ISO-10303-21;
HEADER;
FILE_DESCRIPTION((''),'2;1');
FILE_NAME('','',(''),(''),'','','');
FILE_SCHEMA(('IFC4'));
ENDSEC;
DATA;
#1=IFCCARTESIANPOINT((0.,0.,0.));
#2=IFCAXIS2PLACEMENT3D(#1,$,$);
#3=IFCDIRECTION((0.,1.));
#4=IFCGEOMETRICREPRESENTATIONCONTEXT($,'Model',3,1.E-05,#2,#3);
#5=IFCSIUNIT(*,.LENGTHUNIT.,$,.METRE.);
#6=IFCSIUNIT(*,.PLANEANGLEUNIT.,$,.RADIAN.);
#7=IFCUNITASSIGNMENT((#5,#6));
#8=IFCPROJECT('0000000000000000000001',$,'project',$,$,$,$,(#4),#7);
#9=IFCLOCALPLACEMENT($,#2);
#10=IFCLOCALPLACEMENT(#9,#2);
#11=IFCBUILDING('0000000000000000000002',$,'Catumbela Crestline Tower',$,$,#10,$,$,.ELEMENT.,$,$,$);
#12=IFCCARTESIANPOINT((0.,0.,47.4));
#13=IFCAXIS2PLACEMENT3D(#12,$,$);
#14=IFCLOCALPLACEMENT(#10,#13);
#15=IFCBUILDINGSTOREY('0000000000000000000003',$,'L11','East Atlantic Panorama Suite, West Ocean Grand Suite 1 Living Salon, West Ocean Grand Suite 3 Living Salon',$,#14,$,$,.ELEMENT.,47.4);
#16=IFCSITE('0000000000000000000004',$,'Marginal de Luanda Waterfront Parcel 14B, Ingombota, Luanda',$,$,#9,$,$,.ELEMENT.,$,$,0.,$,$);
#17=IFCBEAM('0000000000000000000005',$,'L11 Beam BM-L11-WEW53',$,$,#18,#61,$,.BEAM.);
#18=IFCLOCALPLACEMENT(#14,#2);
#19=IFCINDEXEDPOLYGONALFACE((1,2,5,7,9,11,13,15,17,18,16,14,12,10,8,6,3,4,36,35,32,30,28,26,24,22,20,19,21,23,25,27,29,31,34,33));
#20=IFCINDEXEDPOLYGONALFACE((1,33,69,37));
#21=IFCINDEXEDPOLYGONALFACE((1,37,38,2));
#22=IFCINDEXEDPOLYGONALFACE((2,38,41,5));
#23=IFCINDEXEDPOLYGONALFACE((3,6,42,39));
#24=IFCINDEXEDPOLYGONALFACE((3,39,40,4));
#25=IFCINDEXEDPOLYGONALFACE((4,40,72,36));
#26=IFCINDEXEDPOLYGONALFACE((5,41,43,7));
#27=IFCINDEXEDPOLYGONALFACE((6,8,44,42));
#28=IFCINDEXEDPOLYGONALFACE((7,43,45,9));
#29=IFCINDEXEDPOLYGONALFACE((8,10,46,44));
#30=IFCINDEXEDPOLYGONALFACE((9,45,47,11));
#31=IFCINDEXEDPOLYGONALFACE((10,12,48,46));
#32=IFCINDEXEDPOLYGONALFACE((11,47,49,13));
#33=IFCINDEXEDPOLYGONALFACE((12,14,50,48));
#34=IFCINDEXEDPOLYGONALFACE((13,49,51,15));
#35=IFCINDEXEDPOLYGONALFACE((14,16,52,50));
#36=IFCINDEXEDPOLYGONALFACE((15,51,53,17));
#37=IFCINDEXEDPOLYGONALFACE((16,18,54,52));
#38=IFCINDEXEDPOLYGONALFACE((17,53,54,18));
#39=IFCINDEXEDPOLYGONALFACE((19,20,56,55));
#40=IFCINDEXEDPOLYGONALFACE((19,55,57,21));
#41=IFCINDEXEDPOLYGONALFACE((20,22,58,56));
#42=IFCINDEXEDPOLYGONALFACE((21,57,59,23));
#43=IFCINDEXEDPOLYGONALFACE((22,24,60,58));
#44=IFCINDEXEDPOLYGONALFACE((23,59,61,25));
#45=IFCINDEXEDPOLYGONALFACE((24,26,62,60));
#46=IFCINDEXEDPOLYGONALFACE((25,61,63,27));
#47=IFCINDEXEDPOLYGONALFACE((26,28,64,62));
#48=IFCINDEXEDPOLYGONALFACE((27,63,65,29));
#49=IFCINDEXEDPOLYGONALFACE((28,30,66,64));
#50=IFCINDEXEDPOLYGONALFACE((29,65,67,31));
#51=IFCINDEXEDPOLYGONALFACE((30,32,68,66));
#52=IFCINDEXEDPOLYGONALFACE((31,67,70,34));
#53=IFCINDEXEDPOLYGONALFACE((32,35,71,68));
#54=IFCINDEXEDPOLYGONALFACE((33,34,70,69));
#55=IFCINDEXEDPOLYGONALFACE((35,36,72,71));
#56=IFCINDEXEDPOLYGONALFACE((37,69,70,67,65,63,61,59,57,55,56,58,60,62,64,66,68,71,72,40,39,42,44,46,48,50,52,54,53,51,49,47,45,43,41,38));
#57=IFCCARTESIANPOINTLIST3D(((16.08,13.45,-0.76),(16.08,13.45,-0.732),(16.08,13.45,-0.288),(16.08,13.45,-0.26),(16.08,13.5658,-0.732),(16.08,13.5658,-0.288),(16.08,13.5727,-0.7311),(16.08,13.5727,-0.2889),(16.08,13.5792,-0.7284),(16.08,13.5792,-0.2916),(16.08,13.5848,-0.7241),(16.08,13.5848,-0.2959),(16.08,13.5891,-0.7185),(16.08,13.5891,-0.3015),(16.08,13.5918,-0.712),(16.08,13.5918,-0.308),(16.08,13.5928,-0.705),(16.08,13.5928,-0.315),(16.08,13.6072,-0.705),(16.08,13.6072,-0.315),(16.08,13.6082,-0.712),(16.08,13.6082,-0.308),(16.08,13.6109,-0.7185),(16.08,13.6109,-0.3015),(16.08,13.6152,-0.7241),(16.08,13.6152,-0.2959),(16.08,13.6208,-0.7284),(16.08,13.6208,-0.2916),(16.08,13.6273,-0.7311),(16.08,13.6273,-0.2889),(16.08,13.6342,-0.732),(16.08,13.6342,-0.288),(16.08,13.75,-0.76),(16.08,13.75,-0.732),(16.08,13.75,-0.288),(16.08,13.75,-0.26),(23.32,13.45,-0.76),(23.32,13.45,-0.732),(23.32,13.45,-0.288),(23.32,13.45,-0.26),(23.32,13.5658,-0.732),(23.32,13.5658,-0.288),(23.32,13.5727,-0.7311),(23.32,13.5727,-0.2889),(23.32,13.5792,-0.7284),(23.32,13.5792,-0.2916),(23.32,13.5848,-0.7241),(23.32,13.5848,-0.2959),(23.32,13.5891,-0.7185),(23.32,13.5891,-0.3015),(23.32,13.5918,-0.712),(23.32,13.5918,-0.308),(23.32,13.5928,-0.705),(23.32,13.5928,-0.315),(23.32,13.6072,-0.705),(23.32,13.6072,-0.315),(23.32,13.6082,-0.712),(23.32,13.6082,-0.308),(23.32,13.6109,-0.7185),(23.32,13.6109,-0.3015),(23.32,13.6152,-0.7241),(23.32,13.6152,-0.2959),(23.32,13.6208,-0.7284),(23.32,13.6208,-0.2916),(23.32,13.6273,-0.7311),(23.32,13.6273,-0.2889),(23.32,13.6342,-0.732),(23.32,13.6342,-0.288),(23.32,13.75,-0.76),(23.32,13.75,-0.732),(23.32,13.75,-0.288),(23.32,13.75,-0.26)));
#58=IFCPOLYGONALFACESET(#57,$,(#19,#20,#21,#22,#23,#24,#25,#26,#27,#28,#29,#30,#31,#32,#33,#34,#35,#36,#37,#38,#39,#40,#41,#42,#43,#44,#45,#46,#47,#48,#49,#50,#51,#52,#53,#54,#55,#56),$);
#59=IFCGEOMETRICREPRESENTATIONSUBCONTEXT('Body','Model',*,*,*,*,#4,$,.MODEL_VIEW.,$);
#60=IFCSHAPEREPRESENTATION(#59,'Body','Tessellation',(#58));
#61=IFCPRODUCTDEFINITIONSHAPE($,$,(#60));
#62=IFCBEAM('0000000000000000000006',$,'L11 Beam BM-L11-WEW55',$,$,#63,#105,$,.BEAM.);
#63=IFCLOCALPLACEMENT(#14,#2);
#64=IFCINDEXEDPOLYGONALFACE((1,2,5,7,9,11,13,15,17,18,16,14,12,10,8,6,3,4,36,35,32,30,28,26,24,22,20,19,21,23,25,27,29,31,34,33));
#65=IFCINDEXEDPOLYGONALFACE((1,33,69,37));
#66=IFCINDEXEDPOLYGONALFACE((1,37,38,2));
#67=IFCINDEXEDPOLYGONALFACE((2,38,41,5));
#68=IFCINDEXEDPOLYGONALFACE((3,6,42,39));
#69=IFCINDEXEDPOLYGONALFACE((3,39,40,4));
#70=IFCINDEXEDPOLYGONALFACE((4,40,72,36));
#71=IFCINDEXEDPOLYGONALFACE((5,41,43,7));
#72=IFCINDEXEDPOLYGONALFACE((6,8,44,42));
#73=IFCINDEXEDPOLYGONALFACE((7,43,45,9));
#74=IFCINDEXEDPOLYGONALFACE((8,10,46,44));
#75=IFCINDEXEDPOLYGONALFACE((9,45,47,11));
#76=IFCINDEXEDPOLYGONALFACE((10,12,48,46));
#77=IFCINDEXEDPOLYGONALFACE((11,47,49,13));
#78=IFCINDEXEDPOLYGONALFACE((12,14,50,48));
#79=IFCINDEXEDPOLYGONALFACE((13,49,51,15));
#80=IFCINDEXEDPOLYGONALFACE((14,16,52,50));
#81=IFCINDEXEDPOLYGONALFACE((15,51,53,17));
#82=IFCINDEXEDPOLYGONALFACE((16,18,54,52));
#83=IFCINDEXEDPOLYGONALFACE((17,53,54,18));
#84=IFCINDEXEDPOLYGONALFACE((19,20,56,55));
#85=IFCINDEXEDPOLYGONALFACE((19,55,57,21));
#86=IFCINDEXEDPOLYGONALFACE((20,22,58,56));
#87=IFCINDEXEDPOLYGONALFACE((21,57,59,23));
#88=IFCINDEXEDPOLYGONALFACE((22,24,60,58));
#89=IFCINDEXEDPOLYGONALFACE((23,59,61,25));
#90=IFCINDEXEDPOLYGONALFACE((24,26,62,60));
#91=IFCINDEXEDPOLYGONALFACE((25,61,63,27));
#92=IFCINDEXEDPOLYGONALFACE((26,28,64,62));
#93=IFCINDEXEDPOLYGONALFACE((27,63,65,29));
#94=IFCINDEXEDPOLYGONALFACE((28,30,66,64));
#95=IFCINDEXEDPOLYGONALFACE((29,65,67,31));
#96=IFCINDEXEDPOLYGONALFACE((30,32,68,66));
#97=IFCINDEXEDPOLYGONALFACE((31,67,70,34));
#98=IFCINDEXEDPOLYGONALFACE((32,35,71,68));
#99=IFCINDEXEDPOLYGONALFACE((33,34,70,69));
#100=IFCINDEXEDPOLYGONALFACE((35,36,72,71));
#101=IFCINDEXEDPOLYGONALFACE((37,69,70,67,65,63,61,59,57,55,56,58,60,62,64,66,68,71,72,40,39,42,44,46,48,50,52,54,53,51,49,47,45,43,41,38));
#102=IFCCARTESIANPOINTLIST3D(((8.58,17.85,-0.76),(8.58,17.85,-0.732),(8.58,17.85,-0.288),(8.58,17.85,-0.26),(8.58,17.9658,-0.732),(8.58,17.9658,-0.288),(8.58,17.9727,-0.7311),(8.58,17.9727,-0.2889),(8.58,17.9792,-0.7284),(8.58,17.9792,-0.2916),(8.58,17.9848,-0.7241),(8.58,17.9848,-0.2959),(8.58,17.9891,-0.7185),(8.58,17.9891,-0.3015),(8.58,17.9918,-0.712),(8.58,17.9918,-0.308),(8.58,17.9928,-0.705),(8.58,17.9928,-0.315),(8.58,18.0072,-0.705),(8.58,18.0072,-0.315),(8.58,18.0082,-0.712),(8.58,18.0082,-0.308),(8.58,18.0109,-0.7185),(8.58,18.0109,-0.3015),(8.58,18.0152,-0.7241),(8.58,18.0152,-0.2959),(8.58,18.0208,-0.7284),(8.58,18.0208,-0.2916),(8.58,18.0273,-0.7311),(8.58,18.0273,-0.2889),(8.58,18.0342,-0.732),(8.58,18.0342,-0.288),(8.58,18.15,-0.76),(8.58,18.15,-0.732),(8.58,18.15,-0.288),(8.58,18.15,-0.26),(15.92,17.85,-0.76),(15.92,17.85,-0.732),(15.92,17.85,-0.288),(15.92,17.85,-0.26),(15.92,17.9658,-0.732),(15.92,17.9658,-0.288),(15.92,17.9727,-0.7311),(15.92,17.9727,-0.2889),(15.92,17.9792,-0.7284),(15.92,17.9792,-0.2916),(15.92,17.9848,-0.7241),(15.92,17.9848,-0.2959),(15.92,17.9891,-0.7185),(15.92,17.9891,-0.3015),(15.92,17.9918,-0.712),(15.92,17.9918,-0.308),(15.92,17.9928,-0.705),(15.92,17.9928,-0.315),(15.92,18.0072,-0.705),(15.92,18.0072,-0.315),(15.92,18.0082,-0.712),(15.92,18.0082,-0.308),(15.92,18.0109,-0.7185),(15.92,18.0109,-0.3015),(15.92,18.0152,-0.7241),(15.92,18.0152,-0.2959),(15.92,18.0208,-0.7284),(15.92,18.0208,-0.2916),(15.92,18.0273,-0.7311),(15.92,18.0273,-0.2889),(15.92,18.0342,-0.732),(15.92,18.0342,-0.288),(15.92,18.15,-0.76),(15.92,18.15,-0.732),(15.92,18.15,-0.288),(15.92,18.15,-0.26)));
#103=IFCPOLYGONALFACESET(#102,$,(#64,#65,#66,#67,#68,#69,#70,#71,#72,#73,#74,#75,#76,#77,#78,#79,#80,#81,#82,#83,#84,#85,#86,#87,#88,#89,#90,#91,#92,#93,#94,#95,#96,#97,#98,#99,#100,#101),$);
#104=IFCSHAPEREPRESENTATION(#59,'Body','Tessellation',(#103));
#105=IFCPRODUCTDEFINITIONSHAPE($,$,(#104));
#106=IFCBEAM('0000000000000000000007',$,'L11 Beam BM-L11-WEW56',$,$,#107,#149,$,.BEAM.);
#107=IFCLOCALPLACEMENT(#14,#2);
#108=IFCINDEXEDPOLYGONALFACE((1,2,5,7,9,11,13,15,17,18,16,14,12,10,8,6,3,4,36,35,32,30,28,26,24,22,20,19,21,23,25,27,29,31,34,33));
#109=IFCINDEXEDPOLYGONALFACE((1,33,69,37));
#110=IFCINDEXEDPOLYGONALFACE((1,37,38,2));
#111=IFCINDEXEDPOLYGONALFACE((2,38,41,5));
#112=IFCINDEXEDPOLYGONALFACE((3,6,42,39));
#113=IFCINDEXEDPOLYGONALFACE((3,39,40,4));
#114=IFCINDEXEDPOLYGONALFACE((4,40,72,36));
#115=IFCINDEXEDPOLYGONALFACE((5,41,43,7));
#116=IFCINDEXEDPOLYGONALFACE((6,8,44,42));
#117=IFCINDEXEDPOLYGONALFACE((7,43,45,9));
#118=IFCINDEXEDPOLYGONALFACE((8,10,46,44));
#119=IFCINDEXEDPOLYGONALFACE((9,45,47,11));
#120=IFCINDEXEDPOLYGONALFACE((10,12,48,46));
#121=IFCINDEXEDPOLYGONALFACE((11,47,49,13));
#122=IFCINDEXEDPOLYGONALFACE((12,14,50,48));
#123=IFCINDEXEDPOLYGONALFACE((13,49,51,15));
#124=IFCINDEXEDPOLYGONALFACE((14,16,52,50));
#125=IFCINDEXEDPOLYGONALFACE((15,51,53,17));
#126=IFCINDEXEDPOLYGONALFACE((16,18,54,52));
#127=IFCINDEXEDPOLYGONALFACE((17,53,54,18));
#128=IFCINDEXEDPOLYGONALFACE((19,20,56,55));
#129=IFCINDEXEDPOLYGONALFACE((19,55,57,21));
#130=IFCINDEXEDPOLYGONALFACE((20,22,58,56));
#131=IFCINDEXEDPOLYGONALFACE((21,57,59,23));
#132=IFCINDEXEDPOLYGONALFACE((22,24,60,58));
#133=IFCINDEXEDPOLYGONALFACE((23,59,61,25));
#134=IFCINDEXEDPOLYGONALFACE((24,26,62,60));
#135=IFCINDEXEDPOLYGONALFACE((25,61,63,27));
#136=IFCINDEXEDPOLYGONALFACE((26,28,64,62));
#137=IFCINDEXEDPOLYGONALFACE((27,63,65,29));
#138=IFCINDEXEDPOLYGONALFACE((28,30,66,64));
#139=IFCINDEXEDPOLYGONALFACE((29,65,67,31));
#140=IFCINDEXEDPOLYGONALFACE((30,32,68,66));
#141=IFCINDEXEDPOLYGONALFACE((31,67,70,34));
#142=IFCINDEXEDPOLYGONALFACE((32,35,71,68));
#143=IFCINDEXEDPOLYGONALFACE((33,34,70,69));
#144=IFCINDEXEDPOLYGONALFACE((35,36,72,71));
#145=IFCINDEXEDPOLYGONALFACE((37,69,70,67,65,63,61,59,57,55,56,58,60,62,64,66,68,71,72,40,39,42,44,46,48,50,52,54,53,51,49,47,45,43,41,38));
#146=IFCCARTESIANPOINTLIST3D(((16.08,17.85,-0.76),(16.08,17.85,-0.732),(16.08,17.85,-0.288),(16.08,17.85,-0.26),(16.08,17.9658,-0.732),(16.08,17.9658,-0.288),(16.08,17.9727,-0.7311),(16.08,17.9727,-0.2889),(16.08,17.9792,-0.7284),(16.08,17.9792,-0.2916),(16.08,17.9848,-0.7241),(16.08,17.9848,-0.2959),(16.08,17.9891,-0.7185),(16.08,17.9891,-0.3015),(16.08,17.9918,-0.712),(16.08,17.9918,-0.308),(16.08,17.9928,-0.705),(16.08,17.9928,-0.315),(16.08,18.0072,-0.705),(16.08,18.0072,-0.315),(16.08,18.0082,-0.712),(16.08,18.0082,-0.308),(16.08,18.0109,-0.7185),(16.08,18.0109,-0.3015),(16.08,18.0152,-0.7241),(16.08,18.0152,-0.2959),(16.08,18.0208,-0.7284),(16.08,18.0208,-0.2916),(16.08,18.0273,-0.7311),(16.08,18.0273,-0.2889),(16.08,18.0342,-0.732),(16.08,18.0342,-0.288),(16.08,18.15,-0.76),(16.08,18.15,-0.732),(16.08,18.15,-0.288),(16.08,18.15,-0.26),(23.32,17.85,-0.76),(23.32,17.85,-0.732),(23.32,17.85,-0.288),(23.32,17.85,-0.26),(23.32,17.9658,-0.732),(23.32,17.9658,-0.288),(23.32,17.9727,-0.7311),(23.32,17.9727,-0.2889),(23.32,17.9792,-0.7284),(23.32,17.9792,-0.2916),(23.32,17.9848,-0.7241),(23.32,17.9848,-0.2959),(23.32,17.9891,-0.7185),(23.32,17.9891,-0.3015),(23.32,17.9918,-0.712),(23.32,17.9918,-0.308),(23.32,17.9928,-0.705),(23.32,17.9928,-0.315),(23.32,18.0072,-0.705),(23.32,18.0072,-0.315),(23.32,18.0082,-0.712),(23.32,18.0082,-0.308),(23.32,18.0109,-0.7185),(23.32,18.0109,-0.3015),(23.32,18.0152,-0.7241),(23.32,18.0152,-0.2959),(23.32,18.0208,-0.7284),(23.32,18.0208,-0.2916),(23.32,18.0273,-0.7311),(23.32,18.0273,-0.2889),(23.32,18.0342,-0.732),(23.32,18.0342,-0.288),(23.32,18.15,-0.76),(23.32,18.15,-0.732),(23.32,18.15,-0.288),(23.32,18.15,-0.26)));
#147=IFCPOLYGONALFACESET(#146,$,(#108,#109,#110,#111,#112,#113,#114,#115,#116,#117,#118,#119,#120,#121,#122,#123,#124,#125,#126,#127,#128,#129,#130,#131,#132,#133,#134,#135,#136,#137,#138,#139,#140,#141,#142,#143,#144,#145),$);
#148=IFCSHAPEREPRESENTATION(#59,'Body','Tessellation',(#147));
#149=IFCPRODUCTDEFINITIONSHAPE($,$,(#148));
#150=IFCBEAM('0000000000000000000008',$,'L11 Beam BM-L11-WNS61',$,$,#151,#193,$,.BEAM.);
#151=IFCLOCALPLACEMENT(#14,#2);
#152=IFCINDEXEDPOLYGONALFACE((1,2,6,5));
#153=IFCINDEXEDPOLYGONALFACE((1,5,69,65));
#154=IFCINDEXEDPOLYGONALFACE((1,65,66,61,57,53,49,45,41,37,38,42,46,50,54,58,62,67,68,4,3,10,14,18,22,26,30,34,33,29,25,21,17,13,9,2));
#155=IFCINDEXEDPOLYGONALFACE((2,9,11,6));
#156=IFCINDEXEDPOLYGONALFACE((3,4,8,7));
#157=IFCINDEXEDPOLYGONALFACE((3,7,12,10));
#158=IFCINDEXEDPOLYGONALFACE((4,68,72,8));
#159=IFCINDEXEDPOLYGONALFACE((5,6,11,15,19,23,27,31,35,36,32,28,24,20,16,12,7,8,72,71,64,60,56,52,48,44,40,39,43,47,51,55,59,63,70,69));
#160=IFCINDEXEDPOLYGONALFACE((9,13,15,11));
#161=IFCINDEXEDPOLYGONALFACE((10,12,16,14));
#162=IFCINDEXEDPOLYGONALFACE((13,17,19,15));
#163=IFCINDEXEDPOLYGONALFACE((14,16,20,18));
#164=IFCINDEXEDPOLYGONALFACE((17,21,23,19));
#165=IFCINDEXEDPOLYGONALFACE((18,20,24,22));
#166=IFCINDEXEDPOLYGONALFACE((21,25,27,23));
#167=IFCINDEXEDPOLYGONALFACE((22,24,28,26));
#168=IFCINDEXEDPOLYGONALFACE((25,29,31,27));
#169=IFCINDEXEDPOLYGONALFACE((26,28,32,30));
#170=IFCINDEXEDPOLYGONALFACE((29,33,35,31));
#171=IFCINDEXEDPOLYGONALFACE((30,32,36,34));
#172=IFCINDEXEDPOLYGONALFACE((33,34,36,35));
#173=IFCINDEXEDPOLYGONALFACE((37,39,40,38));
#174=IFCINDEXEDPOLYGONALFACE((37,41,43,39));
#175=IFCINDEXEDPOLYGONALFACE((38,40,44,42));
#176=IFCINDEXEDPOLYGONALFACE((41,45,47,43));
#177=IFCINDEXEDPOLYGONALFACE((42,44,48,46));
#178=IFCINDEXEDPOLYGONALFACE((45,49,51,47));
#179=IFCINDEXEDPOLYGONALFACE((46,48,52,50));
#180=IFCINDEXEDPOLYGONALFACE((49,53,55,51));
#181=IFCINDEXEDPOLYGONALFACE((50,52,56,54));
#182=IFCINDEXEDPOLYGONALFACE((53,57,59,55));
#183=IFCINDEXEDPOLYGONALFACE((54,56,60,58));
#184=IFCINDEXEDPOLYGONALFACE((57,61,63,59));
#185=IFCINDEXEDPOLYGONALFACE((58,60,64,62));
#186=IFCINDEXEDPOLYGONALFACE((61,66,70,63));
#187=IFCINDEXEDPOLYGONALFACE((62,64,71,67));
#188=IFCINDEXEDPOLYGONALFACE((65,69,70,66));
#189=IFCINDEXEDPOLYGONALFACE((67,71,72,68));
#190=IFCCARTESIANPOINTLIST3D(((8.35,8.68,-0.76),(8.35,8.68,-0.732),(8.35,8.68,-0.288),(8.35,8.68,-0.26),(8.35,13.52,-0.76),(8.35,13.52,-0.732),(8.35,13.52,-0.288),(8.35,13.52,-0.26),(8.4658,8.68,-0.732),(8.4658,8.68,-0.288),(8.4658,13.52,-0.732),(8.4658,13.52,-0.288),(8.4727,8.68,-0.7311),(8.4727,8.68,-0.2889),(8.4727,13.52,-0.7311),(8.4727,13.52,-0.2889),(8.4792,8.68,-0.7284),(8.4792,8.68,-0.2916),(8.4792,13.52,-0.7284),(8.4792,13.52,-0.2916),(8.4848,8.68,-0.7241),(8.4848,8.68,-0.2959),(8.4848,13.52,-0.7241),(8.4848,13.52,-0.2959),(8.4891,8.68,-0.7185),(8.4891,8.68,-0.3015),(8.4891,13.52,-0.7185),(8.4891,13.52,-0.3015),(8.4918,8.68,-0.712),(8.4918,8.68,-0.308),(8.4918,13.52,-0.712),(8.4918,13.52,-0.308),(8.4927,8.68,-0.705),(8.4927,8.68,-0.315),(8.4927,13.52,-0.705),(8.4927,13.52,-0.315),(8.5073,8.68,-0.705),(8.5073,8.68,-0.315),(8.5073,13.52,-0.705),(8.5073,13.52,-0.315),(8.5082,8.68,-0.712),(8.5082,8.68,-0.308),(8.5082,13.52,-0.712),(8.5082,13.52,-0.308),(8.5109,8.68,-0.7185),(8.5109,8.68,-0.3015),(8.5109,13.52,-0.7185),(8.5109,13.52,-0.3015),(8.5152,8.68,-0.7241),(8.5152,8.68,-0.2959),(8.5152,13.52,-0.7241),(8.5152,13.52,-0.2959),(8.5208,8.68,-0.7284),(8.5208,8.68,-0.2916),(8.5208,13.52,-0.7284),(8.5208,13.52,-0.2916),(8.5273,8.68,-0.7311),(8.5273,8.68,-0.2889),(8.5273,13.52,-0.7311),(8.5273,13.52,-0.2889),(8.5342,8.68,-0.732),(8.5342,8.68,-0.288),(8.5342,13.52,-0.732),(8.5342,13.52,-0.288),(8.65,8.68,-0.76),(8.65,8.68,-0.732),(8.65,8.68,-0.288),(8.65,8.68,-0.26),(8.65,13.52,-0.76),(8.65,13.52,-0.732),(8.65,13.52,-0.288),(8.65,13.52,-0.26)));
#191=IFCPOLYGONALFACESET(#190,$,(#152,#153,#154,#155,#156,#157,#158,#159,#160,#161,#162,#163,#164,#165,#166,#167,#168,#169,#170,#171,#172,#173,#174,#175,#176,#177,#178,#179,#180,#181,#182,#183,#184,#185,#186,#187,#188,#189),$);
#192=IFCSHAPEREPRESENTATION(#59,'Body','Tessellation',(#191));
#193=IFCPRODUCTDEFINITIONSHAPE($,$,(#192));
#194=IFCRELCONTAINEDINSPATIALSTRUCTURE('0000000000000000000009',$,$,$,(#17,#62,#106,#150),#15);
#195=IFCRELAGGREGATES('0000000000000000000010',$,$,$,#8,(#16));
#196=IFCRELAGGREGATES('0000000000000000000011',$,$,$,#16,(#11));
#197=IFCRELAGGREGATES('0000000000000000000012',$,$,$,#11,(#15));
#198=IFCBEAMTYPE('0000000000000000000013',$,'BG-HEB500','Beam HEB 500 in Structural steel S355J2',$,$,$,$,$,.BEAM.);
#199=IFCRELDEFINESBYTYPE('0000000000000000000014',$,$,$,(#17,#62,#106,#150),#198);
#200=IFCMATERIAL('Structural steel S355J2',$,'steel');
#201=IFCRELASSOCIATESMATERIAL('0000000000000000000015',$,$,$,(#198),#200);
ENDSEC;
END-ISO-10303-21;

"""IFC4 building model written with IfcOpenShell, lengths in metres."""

from ifc_helpers import new_model, si_unit, direction, frame, origin, origin_2d, place, context, subcontext, project, spatial, i_section, extrude, material, material_profile, profile_set, type_object, element, save


model = new_model("IFC4")

# Units and contexts
model_context = context("Model", 3, precision=1e-05, world=origin(), true_north=direction((0.0, 1.0)))
body_context = subcontext(model_context, "Body", "Model", "MODEL_VIEW")
ifc_project = project(units=[si_unit("LENGTHUNIT", "METRE"), si_unit("PLANEANGLEUNIT", "RADIAN")], contexts=[model_context])

# Site, building, storey
site_placement = place(None, origin())
site = spatial("IfcSite", under=ifc_project, at=site_placement, Name="Marginal de Luanda Waterfront Parcel 14B, Ingombota, Luanda", CompositionType="ELEMENT", RefElevation=0.0)
building_placement = place(site_placement, origin())
building = spatial("IfcBuilding", under=site, at=building_placement, Name="Catumbela Crestline Tower", CompositionType="ELEMENT")
storey_placement = place(building_placement, frame((0.0, 0.0, 47.4)))
storey = spatial("IfcBuildingStorey", under=building, at=storey_placement, Name="L11", Description="East Atlantic Panorama Suite, West Ocean Grand Suite 1 Living Salon, West Ocean Grand Suite 3 Living Salon", CompositionType="ELEMENT", Elevation=47.4)

# Beams
ifc_material_1 = material(Name="Structural steel S355J2", Category="steel")
ifc_material_profile_1 = material_profile(ifc_material_1, i_section(OverallWidth=0.3, OverallDepth=0.5, WebThickness=0.0145, FlangeThickness=0.028, FilletRadius=0.027, at=origin_2d()), Name="HEB 500")
ifc_profile_set_1 = profile_set([ifc_material_profile_1], Name="Structural steel S355J2")
beam_type_1 = type_object("IfcBeamType", Name="BG-HEB500", Description="Beam HEB 500 in Structural steel S355J2", PredefinedType="BEAM", material=ifc_profile_set_1)
beam_1_placement = place(storey_placement, frame((16.08, 13.6, -0.51), z_axis=(1.0, 0.0, 0.0), x_axis=(0.0, 1.0, 0.0)))
element("IfcBeam", 1, at=beam_1_placement, inside=storey, type_object=beam_type_1, Name="L11 Beam BM-L11-WEW53", PredefinedType="BEAM", context=body_context, shape_type="SweptSolid", body=[
    extrude(i_section(OverallWidth=0.3, OverallDepth=0.5, WebThickness=0.0145, FlangeThickness=0.028, FilletRadius=0.027, at=origin_2d()), origin(), (0.0, 0.0, 1.0), 7.24),
])
beam_2_placement = place(storey_placement, frame((8.58, 18.0, -0.51), z_axis=(1.0, 0.0, 0.0), x_axis=(0.0, 1.0, 0.0)))
element("IfcBeam", 2, at=beam_2_placement, inside=storey, type_object=beam_type_1, Name="L11 Beam BM-L11-WEW55", PredefinedType="BEAM", context=body_context, shape_type="SweptSolid", body=[
    extrude(i_section(OverallWidth=0.3, OverallDepth=0.5, WebThickness=0.0145, FlangeThickness=0.028, FilletRadius=0.027, at=origin_2d()), origin(), (0.0, 0.0, 1.0), 7.34),
])
beam_3_placement = place(storey_placement, frame((16.08, 18.0, -0.51), z_axis=(1.0, 0.0, 0.0), x_axis=(0.0, 1.0, 0.0)))
element("IfcBeam", 3, at=beam_3_placement, inside=storey, type_object=beam_type_1, Name="L11 Beam BM-L11-WEW56", PredefinedType="BEAM", context=body_context, shape_type="SweptSolid", body=[
    extrude(i_section(OverallWidth=0.3, OverallDepth=0.5, WebThickness=0.0145, FlangeThickness=0.028, FilletRadius=0.027, at=origin_2d()), origin(), (0.0, 0.0, 1.0), 7.24),
])
beam_4_placement = place(storey_placement, frame((8.5, 8.68, -0.51), z_axis=(0.0, 1.0, 0.0), x_axis=(-1.0, 0.0, 0.0)))
element("IfcBeam", 4, at=beam_4_placement, inside=storey, type_object=beam_type_1, Name="L11 Beam BM-L11-WNS61", PredefinedType="BEAM", context=body_context, shape_type="SweptSolid", body=[
    extrude(i_section(OverallWidth=0.3, OverallDepth=0.5, WebThickness=0.0145, FlangeThickness=0.028, FilletRadius=0.027, at=origin_2d()), origin(), (0.0, 0.0, 1.0), 4.84),
])

save(model, "model.ifc")
